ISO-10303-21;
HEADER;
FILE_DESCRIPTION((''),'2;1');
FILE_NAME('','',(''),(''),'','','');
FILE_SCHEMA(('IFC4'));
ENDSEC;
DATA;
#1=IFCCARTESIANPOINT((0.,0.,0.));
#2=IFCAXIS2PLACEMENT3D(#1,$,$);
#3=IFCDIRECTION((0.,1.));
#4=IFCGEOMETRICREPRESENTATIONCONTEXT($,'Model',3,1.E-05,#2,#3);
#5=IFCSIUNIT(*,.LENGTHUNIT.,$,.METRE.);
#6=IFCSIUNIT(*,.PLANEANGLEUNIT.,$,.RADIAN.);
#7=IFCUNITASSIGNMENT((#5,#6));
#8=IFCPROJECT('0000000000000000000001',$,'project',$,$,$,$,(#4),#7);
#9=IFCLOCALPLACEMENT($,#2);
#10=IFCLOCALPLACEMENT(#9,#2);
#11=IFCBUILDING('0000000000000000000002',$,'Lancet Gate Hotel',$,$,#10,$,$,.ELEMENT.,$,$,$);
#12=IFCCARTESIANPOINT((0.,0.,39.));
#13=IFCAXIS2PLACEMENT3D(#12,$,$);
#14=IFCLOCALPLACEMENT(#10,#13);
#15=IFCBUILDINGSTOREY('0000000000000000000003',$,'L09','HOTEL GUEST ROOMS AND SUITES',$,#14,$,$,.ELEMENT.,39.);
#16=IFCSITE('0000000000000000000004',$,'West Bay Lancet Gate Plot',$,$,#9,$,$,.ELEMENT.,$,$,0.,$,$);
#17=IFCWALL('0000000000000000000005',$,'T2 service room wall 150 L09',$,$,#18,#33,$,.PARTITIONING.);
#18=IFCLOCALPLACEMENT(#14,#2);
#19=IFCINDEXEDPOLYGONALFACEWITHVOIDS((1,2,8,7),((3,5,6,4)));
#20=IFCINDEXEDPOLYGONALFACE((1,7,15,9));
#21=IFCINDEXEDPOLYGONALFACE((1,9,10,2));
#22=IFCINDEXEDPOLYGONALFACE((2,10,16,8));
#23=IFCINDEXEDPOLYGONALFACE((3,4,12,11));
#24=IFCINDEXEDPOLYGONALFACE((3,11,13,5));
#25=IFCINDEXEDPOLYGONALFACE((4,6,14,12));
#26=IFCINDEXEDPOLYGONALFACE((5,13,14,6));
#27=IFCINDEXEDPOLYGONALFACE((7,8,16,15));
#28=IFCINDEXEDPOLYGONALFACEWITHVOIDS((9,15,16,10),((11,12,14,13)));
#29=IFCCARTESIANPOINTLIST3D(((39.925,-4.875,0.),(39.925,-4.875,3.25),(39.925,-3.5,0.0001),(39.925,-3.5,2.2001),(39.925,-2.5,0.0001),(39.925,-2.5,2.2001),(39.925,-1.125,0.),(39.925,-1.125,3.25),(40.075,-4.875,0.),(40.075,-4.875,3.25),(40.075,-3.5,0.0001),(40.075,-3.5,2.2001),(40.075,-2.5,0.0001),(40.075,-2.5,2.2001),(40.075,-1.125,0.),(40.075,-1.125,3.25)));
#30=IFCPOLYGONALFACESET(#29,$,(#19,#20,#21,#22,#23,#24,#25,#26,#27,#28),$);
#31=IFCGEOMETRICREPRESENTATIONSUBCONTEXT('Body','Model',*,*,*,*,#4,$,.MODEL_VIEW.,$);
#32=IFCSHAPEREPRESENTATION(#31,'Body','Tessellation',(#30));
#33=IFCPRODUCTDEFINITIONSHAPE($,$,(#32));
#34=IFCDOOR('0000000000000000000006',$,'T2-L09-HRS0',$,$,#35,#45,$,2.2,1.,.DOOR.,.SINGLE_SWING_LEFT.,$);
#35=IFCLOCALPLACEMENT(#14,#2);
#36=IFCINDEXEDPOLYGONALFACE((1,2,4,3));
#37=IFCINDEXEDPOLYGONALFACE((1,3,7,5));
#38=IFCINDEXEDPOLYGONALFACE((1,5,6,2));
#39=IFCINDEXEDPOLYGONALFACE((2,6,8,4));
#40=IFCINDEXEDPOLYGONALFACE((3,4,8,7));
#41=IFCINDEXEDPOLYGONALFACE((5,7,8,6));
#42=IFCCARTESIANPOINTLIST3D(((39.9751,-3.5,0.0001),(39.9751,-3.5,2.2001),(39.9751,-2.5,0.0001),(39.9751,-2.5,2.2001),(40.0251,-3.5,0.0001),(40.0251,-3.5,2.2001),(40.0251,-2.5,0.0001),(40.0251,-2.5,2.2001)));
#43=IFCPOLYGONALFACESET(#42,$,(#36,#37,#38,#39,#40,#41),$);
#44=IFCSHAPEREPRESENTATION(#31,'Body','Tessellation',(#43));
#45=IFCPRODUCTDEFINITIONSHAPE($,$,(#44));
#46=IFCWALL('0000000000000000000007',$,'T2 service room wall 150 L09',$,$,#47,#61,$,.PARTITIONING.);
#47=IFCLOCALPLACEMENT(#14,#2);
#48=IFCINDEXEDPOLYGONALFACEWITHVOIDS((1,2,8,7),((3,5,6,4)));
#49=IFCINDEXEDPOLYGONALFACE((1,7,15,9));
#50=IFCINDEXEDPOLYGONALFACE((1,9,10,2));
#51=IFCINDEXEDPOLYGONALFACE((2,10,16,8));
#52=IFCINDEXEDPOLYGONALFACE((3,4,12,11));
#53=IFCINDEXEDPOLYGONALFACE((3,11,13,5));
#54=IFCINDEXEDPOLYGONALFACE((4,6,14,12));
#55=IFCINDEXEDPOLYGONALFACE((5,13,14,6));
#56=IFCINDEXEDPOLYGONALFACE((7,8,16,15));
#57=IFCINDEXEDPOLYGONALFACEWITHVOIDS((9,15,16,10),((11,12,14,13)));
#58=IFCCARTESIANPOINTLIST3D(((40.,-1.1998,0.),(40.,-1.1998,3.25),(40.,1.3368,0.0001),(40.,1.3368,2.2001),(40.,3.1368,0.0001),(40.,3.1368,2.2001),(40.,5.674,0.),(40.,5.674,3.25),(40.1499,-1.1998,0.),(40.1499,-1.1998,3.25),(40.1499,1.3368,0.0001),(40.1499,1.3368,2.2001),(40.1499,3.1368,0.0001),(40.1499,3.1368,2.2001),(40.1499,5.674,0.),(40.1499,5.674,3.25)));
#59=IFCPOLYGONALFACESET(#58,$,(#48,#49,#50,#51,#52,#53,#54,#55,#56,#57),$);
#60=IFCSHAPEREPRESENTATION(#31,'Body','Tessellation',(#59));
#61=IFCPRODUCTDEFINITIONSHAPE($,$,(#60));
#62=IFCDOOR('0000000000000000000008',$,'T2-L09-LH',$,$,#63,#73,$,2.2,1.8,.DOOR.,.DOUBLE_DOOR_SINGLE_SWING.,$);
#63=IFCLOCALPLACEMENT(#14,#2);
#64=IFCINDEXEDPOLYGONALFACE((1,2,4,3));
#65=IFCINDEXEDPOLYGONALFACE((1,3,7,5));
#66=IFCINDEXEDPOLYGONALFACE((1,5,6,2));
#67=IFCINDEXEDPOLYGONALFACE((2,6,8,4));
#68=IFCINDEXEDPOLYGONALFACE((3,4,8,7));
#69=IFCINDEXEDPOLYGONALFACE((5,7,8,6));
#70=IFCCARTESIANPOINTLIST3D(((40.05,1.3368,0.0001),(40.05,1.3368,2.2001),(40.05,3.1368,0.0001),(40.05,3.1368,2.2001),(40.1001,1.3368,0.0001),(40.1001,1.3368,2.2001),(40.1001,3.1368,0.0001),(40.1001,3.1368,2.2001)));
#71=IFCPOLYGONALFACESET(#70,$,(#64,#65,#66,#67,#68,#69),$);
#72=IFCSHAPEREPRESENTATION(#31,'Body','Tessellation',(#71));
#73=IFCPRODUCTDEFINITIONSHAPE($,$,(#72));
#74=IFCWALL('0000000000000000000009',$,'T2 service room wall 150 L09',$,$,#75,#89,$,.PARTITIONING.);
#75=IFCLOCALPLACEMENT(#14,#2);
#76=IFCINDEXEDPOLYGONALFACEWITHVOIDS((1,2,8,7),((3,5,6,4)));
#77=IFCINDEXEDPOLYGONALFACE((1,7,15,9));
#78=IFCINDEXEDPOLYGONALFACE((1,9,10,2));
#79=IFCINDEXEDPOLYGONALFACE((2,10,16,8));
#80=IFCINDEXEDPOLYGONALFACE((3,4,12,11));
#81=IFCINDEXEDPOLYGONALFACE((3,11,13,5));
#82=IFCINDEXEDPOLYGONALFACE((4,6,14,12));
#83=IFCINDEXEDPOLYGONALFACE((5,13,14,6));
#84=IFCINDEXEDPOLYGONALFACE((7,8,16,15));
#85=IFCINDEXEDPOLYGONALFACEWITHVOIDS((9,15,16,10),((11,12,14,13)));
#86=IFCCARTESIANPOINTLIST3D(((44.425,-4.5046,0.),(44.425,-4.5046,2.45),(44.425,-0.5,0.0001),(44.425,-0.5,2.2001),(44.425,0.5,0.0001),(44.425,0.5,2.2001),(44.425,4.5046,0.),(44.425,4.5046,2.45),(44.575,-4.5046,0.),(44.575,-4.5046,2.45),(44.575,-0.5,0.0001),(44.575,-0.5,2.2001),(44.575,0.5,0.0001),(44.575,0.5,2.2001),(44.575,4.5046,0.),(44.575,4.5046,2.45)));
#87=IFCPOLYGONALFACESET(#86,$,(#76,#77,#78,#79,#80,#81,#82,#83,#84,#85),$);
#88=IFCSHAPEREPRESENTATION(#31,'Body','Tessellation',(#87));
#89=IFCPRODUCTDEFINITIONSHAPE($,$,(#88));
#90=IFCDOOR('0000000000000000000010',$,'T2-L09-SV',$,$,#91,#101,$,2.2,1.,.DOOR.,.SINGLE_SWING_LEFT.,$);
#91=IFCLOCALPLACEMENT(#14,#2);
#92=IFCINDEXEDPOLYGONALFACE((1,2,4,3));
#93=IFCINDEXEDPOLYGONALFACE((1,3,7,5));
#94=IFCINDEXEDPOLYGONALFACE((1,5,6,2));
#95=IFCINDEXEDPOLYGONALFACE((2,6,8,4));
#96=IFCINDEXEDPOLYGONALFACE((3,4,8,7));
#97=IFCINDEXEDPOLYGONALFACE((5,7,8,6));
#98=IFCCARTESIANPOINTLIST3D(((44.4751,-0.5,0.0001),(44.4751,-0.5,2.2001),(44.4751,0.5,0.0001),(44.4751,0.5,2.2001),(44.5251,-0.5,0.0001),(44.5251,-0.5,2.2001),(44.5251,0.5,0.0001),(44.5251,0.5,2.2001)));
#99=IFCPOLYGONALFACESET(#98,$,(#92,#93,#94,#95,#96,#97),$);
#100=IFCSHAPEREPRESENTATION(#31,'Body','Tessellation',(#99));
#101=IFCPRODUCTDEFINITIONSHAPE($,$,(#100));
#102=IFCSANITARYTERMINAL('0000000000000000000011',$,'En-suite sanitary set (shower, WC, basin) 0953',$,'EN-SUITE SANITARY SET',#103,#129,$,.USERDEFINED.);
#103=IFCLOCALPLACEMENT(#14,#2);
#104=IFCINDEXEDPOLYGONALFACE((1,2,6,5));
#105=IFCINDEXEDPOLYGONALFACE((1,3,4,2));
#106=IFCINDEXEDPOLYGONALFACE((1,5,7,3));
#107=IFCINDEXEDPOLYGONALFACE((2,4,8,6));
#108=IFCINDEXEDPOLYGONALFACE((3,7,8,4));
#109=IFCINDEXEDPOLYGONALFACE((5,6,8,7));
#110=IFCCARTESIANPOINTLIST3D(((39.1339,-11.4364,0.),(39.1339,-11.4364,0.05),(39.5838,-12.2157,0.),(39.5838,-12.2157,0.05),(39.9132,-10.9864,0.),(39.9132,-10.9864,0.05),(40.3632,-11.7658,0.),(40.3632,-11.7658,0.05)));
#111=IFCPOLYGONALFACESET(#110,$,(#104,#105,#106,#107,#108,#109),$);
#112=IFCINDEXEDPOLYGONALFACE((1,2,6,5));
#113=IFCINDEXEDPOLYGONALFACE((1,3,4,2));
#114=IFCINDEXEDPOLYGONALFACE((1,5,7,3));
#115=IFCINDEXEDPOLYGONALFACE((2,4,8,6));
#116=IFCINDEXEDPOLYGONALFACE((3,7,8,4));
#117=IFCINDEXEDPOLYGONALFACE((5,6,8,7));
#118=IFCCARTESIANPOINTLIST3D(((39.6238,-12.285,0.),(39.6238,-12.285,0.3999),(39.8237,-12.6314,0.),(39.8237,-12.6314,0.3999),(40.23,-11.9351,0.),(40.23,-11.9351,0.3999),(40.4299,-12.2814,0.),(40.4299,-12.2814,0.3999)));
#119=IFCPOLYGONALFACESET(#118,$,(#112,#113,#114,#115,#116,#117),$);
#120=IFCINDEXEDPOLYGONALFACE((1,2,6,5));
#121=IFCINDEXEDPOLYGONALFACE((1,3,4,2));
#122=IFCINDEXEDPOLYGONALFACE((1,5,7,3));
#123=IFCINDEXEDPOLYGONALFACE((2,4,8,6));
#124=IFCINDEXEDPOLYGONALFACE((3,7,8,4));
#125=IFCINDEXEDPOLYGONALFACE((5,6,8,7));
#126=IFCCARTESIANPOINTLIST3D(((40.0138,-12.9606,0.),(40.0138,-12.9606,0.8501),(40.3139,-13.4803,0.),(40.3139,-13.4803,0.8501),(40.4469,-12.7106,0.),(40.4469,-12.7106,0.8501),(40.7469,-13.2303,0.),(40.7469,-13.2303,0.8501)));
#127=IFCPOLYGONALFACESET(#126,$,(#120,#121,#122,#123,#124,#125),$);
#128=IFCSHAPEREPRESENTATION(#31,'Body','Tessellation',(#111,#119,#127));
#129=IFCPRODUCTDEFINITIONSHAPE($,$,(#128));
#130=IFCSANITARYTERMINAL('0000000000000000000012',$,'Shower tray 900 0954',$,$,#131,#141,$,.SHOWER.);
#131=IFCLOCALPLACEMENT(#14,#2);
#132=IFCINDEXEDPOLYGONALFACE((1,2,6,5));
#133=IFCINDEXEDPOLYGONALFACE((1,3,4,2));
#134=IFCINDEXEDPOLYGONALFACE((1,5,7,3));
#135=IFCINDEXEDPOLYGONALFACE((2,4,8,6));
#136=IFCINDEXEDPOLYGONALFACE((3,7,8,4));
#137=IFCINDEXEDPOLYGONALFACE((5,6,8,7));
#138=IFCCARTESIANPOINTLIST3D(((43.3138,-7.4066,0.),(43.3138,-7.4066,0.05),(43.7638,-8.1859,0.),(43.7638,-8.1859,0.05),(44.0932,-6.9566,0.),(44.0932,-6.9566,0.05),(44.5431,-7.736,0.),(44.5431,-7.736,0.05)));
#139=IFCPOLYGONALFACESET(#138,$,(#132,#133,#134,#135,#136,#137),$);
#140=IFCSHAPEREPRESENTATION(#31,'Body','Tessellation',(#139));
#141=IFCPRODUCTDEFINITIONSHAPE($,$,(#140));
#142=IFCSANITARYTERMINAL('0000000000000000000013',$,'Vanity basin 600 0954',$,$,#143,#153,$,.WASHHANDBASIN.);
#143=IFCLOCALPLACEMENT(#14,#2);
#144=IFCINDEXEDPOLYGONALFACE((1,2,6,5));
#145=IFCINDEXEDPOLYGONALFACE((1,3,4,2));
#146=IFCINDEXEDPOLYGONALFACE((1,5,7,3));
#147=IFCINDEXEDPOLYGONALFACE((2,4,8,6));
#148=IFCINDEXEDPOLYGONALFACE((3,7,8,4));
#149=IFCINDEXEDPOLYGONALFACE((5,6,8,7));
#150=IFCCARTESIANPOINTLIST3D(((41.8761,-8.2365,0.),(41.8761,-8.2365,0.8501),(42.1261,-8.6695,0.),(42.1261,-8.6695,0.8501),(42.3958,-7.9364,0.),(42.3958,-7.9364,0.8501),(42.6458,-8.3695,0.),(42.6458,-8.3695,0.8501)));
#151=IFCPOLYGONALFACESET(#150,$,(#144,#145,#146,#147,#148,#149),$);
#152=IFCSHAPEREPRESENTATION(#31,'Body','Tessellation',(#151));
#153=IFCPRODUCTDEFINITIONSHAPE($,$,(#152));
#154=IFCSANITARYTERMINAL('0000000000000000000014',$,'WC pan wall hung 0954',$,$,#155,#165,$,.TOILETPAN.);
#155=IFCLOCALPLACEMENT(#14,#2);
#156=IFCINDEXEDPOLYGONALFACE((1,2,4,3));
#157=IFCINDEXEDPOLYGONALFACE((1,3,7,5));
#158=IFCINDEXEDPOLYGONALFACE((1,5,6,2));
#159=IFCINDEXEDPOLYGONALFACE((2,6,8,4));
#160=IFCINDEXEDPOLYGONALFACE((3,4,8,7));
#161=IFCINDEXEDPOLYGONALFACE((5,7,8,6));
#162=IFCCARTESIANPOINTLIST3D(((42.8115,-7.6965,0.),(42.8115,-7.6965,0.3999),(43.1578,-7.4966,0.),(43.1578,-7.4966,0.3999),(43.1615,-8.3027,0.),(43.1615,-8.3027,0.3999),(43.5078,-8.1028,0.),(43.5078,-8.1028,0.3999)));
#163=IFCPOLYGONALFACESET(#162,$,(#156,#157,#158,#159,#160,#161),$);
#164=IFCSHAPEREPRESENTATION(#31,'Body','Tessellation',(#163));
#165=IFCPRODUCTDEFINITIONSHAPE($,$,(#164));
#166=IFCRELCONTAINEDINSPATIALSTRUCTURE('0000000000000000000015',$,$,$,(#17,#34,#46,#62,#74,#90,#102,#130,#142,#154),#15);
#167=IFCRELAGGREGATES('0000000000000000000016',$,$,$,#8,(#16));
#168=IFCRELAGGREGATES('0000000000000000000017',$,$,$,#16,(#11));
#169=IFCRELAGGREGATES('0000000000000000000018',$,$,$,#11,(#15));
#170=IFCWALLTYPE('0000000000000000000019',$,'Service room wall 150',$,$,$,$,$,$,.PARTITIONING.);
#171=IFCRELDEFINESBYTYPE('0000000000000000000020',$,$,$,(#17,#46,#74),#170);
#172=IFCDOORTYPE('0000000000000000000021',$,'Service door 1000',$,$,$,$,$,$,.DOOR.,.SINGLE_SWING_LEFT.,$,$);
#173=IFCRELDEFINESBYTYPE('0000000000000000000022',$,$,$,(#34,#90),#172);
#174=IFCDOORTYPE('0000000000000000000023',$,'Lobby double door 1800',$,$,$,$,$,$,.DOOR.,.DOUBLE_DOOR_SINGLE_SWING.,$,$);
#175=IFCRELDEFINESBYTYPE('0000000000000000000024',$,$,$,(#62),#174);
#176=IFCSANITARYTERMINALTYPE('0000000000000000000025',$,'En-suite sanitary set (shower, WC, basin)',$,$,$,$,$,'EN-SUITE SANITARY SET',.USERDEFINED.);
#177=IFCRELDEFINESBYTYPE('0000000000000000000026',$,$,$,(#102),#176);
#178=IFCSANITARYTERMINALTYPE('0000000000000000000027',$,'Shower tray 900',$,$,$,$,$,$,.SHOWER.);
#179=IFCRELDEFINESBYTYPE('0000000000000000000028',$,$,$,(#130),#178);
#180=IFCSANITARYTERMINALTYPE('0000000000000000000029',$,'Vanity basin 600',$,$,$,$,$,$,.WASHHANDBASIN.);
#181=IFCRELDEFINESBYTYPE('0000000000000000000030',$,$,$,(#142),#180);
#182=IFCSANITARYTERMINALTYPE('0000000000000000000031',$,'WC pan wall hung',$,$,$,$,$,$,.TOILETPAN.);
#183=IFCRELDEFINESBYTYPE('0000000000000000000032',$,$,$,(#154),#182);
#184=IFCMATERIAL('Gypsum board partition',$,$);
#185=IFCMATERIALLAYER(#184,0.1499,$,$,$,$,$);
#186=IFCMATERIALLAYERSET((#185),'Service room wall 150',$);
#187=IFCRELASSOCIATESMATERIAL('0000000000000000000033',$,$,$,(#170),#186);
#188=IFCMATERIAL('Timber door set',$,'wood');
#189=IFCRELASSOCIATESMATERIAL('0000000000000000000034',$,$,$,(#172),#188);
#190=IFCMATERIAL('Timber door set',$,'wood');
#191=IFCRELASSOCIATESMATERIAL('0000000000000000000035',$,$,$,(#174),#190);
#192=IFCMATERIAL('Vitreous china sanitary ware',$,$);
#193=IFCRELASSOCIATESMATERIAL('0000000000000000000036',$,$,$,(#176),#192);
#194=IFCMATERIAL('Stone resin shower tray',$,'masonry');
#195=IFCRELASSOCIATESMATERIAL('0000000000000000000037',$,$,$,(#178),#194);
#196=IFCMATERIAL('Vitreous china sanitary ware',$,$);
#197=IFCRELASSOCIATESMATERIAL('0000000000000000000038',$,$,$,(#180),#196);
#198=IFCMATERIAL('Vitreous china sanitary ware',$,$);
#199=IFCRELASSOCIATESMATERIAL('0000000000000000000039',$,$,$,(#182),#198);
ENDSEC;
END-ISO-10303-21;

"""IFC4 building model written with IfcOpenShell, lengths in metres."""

from ifc_helpers import new_model, si_unit, direction, frame, frame_2d, origin, origin_2d, place, context, subcontext, project, spatial, rectangle, extrude, material, layer, layer_set, type_object, element, fill, save


model = new_model("IFC4")

# Units and contexts
model_context = context("Model", 3, precision=1e-05, world=origin(), true_north=direction((0.0, 1.0)))
body_context = subcontext(model_context, "Body", "Model", "MODEL_VIEW")
ifc_project = project(units=[si_unit("LENGTHUNIT", "METRE"), si_unit("PLANEANGLEUNIT", "RADIAN")], contexts=[model_context])

# Site, building, storey
site_placement = place(None, origin())
site = spatial("IfcSite", under=ifc_project, at=site_placement, Name="West Bay Lancet Gate Plot", CompositionType="ELEMENT", RefElevation=0.0)
building_placement = place(site_placement, origin())
building = spatial("IfcBuilding", under=site, at=building_placement, Name="Lancet Gate Hotel", CompositionType="ELEMENT")
storey_placement = place(building_placement, frame((0.0, 0.0, 39.0)))
storey = spatial("IfcBuildingStorey", under=building, at=storey_placement, Name="L09", Description="HOTEL GUEST ROOMS AND SUITES", CompositionType="ELEMENT", Elevation=39.0)

# Walls, openings, doors
ifc_material_1 = material(Name="Gypsum board partition")
ifc_layer_1 = layer(ifc_material_1, 0.1499)
ifc_layer_set_1 = layer_set([ifc_layer_1], Name="Service room wall 150")
wall_type_1 = type_object("IfcWallType", Name="Service room wall 150", PredefinedType="PARTITIONING", material=ifc_layer_set_1)
wall_1_placement = place(storey_placement, frame((40.0, -4.875, 0.0), z_axis=(0.0, 0.0, 1.0), x_axis=(0.0, 1.0, 0.0)))
wall_1 = element("IfcWall", 1, at=wall_1_placement, inside=storey, type_object=wall_type_1, Name="T2 service room wall 150 L09", PredefinedType="PARTITIONING", context=body_context, shape_type="SweptSolid", body=[
    extrude(rectangle(XDim=3.75, YDim=0.1499, at=frame_2d((1.875, 0.0))), origin(), (0.0, 0.0, 1.0), 3.25),
])
opening_1_placement = place(wall_1_placement, frame((1.375, 0.0, 0.0)))
opening_1 = element("IfcOpeningElement", 2, at=opening_1_placement, cuts=wall_1, PredefinedType="OPENING", context=body_context, shape_type="SweptSolid", body=[
    extrude(rectangle(XDim=1.0, YDim=2.2, at=frame_2d((0.5, 1.1001))), frame((0.0, 0.085, 0.0), z_axis=(0.0, -1.0, 0.0), x_axis=(1.0, 0.0, 0.0)), (0.0, 0.0, 1.0), 0.1699),
])
ifc_material_2 = material(Name="Timber door set", Category="wood")
door_type_1 = type_object("IfcDoorType", Name="Service door 1000", OperationType="SINGLE_SWING_LEFT", PredefinedType="DOOR", material=ifc_material_2)
door_1_placement = place(opening_1_placement, origin())
door_1 = element("IfcDoor", 3, at=door_1_placement, inside=storey, type_object=door_type_1, Name="T2-L09-HRS0", OperationType="SINGLE_SWING_LEFT", OverallHeight=2.2, OverallWidth=1.0, PredefinedType="DOOR", context=body_context, shape_type="SweptSolid", body=[
    extrude(rectangle(XDim=1.0, YDim=2.2, at=frame_2d((0.5, 1.1001))), frame((0.0, 0.0249, 0.0), z_axis=(0.0, -1.0, 0.0), x_axis=(1.0, 0.0, 0.0)), (0.0, 0.0, 1.0), 0.05),
])
fill(opening_1, door_1)
wall_2_placement = place(storey_placement, frame((40.075, -1.2, 0.0), z_axis=(0.0, 0.0, 1.0), x_axis=(0.0, 1.0, 0.0)))
wall_2 = element("IfcWall", 4, at=wall_2_placement, inside=storey, type_object=wall_type_1, Name="T2 service room wall 150 L09", PredefinedType="PARTITIONING", context=body_context, shape_type="SweptSolid", body=[
    extrude(rectangle(XDim=6.8738, YDim=0.1499, at=frame_2d((3.437, 0.0))), origin(), (0.0, 0.0, 1.0), 3.25),
])
opening_2_placement = place(wall_2_placement, frame((2.5369, 0.0, 0.0)))
opening_2 = element("IfcOpeningElement", 5, at=opening_2_placement, cuts=wall_2, PredefinedType="OPENING", context=body_context, shape_type="SweptSolid", body=[
    extrude(rectangle(XDim=1.8, YDim=2.2, at=frame_2d((0.8999, 1.1001))), frame((0.0, 0.085, 0.0), z_axis=(0.0, -1.0, 0.0), x_axis=(1.0, 0.0, 0.0)), (0.0, 0.0, 1.0), 0.1699),
])
ifc_material_3 = material(Name="Timber door set", Category="wood")
door_type_2 = type_object("IfcDoorType", Name="Lobby double door 1800", OperationType="DOUBLE_DOOR_SINGLE_SWING", PredefinedType="DOOR", material=ifc_material_3)
door_2_placement = place(opening_2_placement, origin())
door_2 = element("IfcDoor", 6, at=door_2_placement, inside=storey, type_object=door_type_2, Name="T2-L09-LH", OperationType="DOUBLE_DOOR_SINGLE_SWING", OverallHeight=2.2, OverallWidth=1.8, PredefinedType="DOOR", context=body_context, shape_type="SweptSolid", body=[
    extrude(rectangle(XDim=1.8, YDim=2.2, at=frame_2d((0.8999, 1.1001))), frame((0.0, 0.0249, 0.0), z_axis=(0.0, -1.0, 0.0), x_axis=(1.0, 0.0, 0.0)), (0.0, 0.0, 1.0), 0.05),
])
fill(opening_2, door_2)
wall_3_placement = place(storey_placement, frame((44.5, -4.5046, 0.0), z_axis=(0.0, 0.0, 1.0), x_axis=(0.0, 1.0, 0.0)))
wall_3 = element("IfcWall", 7, at=wall_3_placement, inside=storey, type_object=wall_type_1, Name="T2 service room wall 150 L09", PredefinedType="PARTITIONING", context=body_context, shape_type="SweptSolid", body=[
    extrude(rectangle(XDim=9.0093, YDim=0.1499, at=frame_2d((4.5046, 0.0))), origin(), (0.0, 0.0, 1.0), 2.45),
])
opening_3_placement = place(wall_3_placement, frame((4.0046, 0.0, 0.0)))
opening_3 = element("IfcOpeningElement", 8, at=opening_3_placement, cuts=wall_3, PredefinedType="OPENING", context=body_context, shape_type="SweptSolid", body=[
    extrude(rectangle(XDim=1.0, YDim=2.2, at=frame_2d((0.5, 1.1001))), frame((0.0, 0.085, 0.0), z_axis=(0.0, -1.0, 0.0), x_axis=(1.0, 0.0, 0.0)), (0.0, 0.0, 1.0), 0.1699),
])
door_3_placement = place(opening_3_placement, origin())
door_3 = element("IfcDoor", 9, at=door_3_placement, inside=storey, type_object=door_type_1, Name="T2-L09-SV", OperationType="SINGLE_SWING_LEFT", OverallHeight=2.2, OverallWidth=1.0, PredefinedType="DOOR", context=body_context, shape_type="SweptSolid", body=[
    extrude(rectangle(XDim=1.0, YDim=2.2, at=frame_2d((0.5, 1.1001))), frame((0.0, 0.0249, 0.0), z_axis=(0.0, -1.0, 0.0), x_axis=(1.0, 0.0, 0.0)), (0.0, 0.0, 1.0), 0.05),
])
fill(opening_3, door_3)

# Sanitary terminals
ifc_material_4 = material(Name="Vitreous china sanitary ware")
sanitary_terminal_type_1 = type_object("IfcSanitaryTerminalType", Name="En-suite sanitary set (shower, WC, basin)", ElementType="EN-SUITE SANITARY SET", PredefinedType="USERDEFINED", material=ifc_material_4)
sanitary_terminal_1_placement = place(storey_placement, frame((39.7485, -11.6011, 0.0), z_axis=(0.0, 0.0, 1.0), x_axis=(1.0, 0.0, 0.0)))
element("IfcSanitaryTerminal", 10, at=sanitary_terminal_1_placement, inside=storey, type_object=sanitary_terminal_type_1, Name="En-suite sanitary set (shower, WC, basin) 0953", ObjectType="EN-SUITE SANITARY SET", PredefinedType="USERDEFINED", context=body_context, shape_type="SweptSolid", body=[
    extrude(rectangle(XDim=0.8999, YDim=0.8999, at=origin_2d()), frame((0.0, 0.0, 0.0), z_axis=(0.0, 0.0, 1.0), x_axis=(-0.5, 0.866025, 0.0)), (0.0, 0.0, 1.0), 0.05),
    extrude(rectangle(XDim=0.3999, YDim=0.7, at=origin_2d()), frame((0.2783, -0.6821, 0.0), z_axis=(0.0, 0.0, 1.0), x_axis=(-0.5, 0.866025, 0.0)), (0.0, 0.0, 1.0), 0.3999),
    extrude(rectangle(XDim=0.6001, YDim=0.5, at=origin_2d()), frame((0.6318, -1.4944, 0.0), z_axis=(0.0, 0.0, 1.0), x_axis=(-0.5, 0.866025, 0.0)), (0.0, 0.0, 1.0), 0.8501),
])
ifc_material_5 = material(Name="Stone resin shower tray", Category="masonry")
sanitary_terminal_type_2 = type_object("IfcSanitaryTerminalType", Name="Shower tray 900", PredefinedType="SHOWER", material=ifc_material_5)
sanitary_terminal_2_placement = place(storey_placement, frame((43.9285, -7.5713, 0.0), z_axis=(0.0, 0.0, 1.0), x_axis=(0.866025, 0.5, 0.0)))
element("IfcSanitaryTerminal", 11, at=sanitary_terminal_2_placement, inside=storey, type_object=sanitary_terminal_type_2, Name="Shower tray 900 0954", PredefinedType="SHOWER", context=body_context, shape_type="SweptSolid", body=[
    extrude(rectangle(XDim=0.8999, YDim=0.8999, at=origin_2d()), origin(), (0.0, 0.0, 1.0), 0.05),
])
ifc_material_6 = material(Name="Vitreous china sanitary ware")
sanitary_terminal_type_3 = type_object("IfcSanitaryTerminalType", Name="Vanity basin 600", PredefinedType="WASHHANDBASIN", material=ifc_material_6)
sanitary_terminal_3_placement = place(storey_placement, frame((42.261, -8.303, 0.0), z_axis=(0.0, 0.0, 1.0), x_axis=(0.866025, 0.5, 0.0)))
element("IfcSanitaryTerminal", 12, at=sanitary_terminal_3_placement, inside=storey, type_object=sanitary_terminal_type_3, Name="Vanity basin 600 0954", PredefinedType="WASHHANDBASIN", context=body_context, shape_type="SweptSolid", body=[
    extrude(rectangle(XDim=0.6001, YDim=0.5, at=origin_2d()), origin(), (0.0, 0.0, 1.0), 0.8501),
])
ifc_material_7 = material(Name="Vitreous china sanitary ware")
sanitary_terminal_type_4 = type_object("IfcSanitaryTerminalType", Name="WC pan wall hung", PredefinedType="TOILETPAN", material=ifc_material_7)
sanitary_terminal_4_placement = place(storey_placement, frame((43.1597, -7.8997, 0.0), z_axis=(0.0, 0.0, 1.0), x_axis=(0.866025, 0.5, 0.0)))
element("IfcSanitaryTerminal", 13, at=sanitary_terminal_4_placement, inside=storey, type_object=sanitary_terminal_type_4, Name="WC pan wall hung 0954", PredefinedType="TOILETPAN", context=body_context, shape_type="SweptSolid", body=[
    extrude(rectangle(XDim=0.3999, YDim=0.7, at=origin_2d()), origin(), (0.0, 0.0, 1.0), 0.3999),
])

save(model, "model.ifc")
